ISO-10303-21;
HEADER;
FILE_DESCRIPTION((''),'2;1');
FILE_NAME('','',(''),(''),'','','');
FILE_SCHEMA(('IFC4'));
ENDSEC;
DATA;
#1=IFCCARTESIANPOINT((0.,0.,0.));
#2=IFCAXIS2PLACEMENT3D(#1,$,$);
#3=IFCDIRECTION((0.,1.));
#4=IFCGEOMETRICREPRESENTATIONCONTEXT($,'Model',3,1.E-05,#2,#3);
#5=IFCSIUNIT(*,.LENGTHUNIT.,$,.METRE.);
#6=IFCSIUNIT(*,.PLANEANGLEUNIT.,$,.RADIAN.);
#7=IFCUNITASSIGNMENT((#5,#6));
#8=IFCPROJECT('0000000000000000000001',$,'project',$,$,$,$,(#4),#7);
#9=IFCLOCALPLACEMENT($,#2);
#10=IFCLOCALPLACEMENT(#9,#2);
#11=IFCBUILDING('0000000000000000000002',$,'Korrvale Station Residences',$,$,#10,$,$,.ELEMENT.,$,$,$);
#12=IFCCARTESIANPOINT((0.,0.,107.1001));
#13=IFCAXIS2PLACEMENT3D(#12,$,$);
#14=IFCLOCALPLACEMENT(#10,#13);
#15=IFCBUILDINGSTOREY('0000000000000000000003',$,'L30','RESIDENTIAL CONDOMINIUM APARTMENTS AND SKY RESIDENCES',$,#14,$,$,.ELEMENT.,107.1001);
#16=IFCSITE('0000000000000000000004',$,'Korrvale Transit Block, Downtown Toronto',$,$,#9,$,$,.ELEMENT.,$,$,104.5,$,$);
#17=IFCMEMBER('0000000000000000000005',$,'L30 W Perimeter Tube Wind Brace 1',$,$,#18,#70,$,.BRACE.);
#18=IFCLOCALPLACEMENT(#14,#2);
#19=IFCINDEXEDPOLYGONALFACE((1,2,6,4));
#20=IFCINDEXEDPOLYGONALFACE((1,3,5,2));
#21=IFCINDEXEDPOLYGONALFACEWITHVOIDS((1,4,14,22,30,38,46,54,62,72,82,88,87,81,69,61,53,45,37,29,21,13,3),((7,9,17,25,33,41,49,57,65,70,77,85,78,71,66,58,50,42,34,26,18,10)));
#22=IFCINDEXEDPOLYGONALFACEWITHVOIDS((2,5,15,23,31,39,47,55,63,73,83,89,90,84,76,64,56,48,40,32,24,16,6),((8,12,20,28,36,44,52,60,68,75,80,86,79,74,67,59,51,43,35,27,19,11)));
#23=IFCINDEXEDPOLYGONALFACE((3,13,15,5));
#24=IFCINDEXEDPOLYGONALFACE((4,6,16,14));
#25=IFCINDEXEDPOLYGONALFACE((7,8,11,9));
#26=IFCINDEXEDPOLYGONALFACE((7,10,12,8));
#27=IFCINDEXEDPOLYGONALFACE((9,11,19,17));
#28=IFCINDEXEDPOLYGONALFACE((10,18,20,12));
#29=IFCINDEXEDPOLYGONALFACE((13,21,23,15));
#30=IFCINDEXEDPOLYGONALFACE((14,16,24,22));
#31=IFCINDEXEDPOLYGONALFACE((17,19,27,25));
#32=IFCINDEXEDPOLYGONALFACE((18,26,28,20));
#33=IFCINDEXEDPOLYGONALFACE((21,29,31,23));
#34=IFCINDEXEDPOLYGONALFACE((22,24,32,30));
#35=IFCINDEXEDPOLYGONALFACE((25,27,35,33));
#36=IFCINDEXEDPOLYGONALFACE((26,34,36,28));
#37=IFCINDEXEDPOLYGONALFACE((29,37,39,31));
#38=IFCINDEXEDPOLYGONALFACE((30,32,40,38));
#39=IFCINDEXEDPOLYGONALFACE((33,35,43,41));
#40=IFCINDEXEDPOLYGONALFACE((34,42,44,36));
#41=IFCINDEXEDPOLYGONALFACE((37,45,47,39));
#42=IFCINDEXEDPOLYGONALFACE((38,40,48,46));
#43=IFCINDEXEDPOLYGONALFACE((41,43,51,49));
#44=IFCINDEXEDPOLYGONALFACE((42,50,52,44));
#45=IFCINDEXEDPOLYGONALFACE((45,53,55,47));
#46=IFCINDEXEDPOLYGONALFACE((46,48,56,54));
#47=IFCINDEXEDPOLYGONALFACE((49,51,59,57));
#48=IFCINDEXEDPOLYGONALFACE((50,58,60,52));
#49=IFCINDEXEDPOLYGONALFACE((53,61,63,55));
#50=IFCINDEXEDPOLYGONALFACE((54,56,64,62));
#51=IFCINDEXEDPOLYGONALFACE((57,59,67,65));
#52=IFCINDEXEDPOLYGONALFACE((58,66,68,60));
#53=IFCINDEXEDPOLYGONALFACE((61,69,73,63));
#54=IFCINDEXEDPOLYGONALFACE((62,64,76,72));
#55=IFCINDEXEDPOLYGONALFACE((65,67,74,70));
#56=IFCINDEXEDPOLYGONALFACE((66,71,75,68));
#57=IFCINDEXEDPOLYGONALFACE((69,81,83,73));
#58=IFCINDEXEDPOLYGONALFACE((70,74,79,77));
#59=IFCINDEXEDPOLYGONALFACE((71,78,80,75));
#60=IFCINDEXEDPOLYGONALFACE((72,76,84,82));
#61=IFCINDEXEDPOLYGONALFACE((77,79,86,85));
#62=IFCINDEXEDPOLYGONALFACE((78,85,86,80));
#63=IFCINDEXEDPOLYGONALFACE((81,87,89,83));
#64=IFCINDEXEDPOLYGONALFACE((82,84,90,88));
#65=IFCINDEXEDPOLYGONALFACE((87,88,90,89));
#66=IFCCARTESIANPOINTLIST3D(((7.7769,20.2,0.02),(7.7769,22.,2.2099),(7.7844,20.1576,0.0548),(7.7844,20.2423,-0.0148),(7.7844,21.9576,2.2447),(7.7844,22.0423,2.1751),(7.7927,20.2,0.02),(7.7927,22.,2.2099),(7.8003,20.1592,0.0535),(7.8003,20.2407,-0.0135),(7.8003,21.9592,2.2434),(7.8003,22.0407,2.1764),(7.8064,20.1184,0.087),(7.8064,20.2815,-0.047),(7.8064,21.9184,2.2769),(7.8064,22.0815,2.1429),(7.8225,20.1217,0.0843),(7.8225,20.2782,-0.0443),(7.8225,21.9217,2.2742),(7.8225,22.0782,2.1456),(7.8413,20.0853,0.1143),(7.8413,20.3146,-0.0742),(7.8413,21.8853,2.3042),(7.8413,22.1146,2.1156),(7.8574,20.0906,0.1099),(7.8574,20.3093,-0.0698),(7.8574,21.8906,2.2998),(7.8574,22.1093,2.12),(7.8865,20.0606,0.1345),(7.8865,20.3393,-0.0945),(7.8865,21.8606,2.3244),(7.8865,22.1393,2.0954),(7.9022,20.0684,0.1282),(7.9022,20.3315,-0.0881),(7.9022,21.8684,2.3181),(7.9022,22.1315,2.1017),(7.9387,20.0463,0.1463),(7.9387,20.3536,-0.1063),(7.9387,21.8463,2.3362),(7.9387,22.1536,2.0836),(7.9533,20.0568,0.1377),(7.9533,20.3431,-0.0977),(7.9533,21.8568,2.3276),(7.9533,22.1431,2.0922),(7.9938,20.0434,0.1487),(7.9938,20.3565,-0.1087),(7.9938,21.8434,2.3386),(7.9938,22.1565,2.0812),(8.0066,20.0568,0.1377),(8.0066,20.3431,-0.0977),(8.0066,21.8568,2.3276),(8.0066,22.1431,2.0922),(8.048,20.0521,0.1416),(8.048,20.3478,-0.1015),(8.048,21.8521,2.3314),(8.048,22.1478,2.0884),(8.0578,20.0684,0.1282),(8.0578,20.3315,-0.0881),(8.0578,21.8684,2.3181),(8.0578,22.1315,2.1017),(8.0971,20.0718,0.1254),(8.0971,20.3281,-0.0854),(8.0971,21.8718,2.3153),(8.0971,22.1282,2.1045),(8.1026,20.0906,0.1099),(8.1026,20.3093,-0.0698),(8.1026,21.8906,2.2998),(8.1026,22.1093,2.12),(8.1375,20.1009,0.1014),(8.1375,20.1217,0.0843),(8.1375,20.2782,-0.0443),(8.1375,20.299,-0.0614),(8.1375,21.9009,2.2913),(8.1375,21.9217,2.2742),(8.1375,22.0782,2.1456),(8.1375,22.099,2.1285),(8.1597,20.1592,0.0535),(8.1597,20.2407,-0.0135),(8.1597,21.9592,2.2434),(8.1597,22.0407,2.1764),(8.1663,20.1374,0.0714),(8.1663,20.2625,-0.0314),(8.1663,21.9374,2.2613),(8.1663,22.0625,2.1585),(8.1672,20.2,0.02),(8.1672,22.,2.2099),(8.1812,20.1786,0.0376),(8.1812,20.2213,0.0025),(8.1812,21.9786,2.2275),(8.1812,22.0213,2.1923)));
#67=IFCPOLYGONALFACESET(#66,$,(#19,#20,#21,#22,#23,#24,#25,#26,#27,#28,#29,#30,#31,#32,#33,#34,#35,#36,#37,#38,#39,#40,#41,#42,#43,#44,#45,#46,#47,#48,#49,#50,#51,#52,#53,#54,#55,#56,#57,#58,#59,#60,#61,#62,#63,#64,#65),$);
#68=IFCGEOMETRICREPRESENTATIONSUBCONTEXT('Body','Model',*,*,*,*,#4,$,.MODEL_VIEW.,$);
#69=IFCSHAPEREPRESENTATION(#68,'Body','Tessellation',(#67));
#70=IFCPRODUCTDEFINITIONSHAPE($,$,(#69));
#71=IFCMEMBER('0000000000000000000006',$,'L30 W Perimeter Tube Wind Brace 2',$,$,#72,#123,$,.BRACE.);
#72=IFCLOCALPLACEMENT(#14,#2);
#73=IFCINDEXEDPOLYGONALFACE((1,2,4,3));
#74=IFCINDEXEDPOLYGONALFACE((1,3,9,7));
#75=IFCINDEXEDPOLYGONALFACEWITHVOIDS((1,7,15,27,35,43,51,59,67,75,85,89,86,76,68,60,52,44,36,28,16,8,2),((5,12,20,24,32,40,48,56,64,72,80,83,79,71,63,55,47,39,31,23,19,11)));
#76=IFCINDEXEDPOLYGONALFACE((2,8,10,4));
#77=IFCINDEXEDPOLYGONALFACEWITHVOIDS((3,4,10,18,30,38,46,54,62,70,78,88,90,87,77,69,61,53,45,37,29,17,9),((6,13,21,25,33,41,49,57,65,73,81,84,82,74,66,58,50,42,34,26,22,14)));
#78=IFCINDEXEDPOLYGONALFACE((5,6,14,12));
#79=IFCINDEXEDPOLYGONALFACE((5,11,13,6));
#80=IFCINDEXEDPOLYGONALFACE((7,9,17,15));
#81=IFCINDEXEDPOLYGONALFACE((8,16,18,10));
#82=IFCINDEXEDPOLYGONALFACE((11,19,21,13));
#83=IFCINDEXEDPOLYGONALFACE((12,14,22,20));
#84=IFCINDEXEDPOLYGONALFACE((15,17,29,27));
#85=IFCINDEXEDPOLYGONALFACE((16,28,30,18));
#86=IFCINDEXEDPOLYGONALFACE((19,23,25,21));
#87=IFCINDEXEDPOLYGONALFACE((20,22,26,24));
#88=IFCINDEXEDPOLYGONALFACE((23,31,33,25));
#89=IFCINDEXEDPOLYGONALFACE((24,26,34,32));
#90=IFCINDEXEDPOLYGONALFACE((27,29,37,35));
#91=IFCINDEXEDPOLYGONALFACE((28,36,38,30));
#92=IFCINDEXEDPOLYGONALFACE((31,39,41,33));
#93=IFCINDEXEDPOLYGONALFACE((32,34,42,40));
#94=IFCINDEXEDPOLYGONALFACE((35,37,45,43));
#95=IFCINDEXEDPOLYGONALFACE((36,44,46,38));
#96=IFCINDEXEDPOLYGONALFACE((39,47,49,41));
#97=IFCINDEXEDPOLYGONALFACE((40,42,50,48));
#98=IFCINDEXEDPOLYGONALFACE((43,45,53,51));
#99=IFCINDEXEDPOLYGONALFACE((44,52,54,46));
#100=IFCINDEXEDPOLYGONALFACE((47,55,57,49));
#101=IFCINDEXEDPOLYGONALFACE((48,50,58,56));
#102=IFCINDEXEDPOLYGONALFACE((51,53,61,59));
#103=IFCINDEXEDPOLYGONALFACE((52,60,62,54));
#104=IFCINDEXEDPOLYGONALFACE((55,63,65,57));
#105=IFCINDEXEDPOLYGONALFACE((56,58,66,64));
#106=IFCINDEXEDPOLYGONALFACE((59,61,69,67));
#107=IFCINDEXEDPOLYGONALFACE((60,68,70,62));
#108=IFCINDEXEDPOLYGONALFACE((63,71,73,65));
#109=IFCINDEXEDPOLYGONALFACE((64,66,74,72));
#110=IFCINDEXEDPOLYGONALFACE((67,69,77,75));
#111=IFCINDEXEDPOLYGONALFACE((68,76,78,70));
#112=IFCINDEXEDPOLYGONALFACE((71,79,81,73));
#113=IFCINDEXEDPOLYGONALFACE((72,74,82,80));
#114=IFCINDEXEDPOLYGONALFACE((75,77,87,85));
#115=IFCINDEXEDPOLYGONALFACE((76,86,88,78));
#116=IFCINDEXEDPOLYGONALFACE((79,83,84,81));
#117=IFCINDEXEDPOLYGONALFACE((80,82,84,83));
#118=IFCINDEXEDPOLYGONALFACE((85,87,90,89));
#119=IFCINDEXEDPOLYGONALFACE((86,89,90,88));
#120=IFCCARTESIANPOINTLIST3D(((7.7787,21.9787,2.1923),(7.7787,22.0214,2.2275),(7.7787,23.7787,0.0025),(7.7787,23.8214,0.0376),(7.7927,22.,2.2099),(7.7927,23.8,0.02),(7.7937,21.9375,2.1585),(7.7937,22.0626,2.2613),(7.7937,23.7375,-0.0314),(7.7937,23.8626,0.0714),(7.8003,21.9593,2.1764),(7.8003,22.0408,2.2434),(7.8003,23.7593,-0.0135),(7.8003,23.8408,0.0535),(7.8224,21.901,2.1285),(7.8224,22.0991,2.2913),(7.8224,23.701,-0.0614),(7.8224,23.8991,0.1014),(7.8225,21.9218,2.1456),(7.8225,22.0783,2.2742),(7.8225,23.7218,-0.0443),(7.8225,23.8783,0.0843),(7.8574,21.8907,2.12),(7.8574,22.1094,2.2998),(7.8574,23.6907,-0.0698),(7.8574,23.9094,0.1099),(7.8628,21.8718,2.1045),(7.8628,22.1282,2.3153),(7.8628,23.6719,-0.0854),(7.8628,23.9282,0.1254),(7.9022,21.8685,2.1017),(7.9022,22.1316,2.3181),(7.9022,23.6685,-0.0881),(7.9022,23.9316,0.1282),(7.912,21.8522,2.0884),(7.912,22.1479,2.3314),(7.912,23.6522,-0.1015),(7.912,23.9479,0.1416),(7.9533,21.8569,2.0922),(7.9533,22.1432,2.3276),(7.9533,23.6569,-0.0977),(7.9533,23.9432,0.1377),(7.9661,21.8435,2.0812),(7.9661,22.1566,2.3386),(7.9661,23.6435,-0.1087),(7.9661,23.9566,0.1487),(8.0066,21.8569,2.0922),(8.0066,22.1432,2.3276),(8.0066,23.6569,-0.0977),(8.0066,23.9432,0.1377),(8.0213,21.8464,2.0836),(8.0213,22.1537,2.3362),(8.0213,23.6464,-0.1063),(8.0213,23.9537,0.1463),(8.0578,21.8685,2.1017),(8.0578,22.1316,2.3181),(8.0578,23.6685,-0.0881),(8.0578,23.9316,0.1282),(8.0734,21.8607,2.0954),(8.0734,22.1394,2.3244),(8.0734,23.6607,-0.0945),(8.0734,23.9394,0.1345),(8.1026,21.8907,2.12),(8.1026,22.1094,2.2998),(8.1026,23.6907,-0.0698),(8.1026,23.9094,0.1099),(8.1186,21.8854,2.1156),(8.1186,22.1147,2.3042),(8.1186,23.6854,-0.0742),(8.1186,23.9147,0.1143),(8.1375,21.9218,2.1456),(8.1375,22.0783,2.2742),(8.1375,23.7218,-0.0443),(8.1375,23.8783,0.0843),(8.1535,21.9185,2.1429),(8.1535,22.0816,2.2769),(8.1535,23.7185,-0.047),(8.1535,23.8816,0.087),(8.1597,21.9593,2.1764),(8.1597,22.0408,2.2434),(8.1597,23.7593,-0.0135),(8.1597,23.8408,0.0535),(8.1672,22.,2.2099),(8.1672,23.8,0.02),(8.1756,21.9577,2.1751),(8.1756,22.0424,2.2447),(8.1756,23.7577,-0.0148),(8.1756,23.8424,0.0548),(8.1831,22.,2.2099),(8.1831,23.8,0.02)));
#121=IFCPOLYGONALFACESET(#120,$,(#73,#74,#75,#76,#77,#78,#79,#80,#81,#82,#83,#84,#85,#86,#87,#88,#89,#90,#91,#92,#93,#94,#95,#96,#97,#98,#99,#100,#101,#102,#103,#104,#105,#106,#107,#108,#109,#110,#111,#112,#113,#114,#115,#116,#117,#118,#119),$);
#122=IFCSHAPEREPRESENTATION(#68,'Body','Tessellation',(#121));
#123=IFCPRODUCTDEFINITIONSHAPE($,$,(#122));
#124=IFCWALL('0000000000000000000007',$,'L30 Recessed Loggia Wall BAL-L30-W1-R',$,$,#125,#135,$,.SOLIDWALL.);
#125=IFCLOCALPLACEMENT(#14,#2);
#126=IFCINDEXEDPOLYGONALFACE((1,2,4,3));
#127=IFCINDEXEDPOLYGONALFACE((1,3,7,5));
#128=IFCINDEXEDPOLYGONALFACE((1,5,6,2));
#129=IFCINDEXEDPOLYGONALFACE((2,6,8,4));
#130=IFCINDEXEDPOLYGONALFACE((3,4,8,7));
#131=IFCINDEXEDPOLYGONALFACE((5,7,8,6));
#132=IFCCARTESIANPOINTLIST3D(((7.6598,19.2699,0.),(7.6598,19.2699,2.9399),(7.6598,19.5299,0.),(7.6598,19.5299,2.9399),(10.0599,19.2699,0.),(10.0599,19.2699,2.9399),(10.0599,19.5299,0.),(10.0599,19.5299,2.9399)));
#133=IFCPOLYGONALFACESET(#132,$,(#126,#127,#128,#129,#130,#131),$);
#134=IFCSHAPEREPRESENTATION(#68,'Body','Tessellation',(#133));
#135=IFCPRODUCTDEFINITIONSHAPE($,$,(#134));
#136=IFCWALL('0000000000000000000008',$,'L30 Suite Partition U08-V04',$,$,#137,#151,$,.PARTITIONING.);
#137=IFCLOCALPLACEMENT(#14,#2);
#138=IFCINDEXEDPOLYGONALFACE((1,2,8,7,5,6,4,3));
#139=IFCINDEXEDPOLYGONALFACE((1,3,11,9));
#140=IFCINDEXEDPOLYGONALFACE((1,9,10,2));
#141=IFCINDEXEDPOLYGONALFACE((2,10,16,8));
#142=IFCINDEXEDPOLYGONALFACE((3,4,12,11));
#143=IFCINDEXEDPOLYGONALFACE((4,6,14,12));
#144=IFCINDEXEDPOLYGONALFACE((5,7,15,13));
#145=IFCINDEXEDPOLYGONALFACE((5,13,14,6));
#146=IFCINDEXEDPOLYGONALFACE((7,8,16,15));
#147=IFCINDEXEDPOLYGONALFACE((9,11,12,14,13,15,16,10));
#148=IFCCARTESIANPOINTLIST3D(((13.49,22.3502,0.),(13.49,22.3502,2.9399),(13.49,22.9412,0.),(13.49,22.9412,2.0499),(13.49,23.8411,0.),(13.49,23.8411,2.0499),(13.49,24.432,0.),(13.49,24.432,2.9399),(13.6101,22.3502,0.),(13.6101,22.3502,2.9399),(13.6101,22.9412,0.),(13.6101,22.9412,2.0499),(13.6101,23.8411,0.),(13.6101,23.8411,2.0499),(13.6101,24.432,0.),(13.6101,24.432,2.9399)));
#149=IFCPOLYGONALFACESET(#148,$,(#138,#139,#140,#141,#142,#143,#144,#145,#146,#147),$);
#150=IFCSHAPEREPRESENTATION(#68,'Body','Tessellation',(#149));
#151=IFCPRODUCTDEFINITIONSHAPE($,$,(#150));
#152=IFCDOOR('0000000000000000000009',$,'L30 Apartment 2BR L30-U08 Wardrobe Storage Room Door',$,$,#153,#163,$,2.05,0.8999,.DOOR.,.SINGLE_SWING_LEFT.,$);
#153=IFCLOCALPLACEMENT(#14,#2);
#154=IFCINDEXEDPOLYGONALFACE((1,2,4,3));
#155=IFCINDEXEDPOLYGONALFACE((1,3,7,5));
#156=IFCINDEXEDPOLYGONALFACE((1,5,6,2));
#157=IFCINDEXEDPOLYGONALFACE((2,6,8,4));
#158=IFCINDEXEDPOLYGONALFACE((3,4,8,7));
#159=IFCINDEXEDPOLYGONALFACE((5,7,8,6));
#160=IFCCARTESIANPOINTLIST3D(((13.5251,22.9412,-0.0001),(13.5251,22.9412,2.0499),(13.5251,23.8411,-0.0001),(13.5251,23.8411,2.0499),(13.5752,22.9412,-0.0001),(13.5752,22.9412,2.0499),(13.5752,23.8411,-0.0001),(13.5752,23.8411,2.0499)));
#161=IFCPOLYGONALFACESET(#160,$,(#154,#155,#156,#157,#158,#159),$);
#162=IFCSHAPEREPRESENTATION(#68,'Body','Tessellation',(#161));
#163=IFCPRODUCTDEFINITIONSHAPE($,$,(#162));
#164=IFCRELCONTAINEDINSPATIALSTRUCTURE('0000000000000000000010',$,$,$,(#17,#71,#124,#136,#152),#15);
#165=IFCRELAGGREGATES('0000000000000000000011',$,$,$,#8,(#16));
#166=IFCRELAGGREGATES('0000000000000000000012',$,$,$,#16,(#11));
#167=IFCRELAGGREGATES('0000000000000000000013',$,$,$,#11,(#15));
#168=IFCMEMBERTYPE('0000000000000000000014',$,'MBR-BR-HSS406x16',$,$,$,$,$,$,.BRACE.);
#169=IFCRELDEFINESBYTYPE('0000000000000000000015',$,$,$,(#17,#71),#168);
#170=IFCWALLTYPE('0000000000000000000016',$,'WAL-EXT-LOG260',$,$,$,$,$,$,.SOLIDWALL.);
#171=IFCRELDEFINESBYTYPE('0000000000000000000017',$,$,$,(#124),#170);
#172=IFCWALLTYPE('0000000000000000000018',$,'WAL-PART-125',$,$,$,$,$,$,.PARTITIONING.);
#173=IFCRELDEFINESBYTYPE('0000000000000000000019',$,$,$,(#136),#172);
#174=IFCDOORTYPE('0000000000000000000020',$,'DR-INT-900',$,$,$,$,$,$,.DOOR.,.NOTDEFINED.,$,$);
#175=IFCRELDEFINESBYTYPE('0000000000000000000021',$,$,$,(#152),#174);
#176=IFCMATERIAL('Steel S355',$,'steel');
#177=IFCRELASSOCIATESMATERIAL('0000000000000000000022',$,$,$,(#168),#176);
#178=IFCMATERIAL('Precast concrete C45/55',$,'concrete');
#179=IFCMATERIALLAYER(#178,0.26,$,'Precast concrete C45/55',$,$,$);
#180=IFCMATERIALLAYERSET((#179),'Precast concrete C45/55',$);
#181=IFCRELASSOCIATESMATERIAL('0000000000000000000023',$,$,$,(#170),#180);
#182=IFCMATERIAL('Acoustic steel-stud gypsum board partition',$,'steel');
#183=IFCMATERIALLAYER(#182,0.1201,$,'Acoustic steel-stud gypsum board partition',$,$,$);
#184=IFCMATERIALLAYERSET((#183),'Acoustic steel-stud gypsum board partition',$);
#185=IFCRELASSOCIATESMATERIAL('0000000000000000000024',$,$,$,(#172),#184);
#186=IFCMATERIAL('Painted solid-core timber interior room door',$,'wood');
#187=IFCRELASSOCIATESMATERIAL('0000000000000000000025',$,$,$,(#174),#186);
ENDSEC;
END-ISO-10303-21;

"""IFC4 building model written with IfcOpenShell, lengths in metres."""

from ifc_helpers import new_model, si_unit, direction, frame, frame_2d, origin, origin_2d, place, context, subcontext, project, spatial, rectangle, hollow_circle, extrude, material, layer, layer_set, material_profile, profile_set, type_object, element, fill, save


model = new_model("IFC4")

# Units and contexts
model_context = context("Model", 3, precision=1e-05, world=origin(), true_north=direction((0.0, 1.0)))
body_context = subcontext(model_context, "Body", "Model", "MODEL_VIEW")
ifc_project = project(units=[si_unit("LENGTHUNIT", "METRE"), si_unit("PLANEANGLEUNIT", "RADIAN")], contexts=[model_context])

# Site, building, storey
site_placement = place(None, origin())
site = spatial("IfcSite", under=ifc_project, at=site_placement, Name="Korrvale Transit Block, Downtown Toronto", CompositionType="ELEMENT", RefElevation=104.5)
building_placement = place(site_placement, origin())
building = spatial("IfcBuilding", under=site, at=building_placement, Name="Korrvale Station Residences", CompositionType="ELEMENT")
storey_placement = place(building_placement, frame((0.0, 0.0, 107.1001)))
storey = spatial("IfcBuildingStorey", under=building, at=storey_placement, Name="L30", Description="RESIDENTIAL CONDOMINIUM APARTMENTS AND SKY RESIDENCES", CompositionType="ELEMENT", Elevation=107.1001)

# Shared definitions
ifc_material_1 = material(Name="Steel S355", Category="steel")

# Members
ifc_material_profile_1 = material_profile(ifc_material_1, hollow_circle(Radius=0.2031, WallThickness=0.0159, at=origin_2d()), Name="HSS406x16")
ifc_profile_set_1 = profile_set([ifc_material_profile_1], Name="Steel S355")
member_type = type_object("IfcMemberType", Name="MBR-BR-HSS406x16", PredefinedType="BRACE", material=ifc_profile_set_1)
for number, where, z_axis, x_axis, name in (
    (1, (7.98, 20.2, 0.02), (0.0, 0.634985, 0.772524), (-1.0, 0.0, 0.0), "L30 W Perimeter Tube Wind Brace 1"),
    (2, (7.98, 23.8, 0.02), (0.0, -0.634985, 0.772524), (1.0, 0.0, 0.0), "L30 W Perimeter Tube Wind Brace 2"),
):
    element("IfcMember", number, at=place(storey_placement, frame(where, z_axis=z_axis, x_axis=x_axis)), inside=storey, type_object=member_type, Name=name, PredefinedType="BRACE", context=body_context, shape_type="SweptSolid", body=[
        extrude(hollow_circle(Radius=0.2031, WallThickness=0.0159, at=origin_2d()), origin(), (0.0, 0.0, 1.0), 2.8347),
    ])

# Wall
ifc_material_2 = material(Name="Precast concrete C45/55", Category="concrete")
ifc_layer_1 = layer(ifc_material_2, 0.26, Name="Precast concrete C45/55")
ifc_layer_set_1 = layer_set([ifc_layer_1], Name="Precast concrete C45/55")
wall_type_1 = type_object("IfcWallType", Name="WAL-EXT-LOG260", PredefinedType="SOLIDWALL", material=ifc_layer_set_1)
wall_1_placement = place(storey_placement, frame((10.0601, 19.3999, 0.0), z_axis=(0.0, 0.0, 1.0), x_axis=(-1.0, 0.0, 0.0)))
element("IfcWall", 3, at=wall_1_placement, inside=storey, type_object=wall_type_1, Name="L30 Recessed Loggia Wall BAL-L30-W1-R", PredefinedType="SOLIDWALL", context=body_context, shape_type="SweptSolid", body=[
    extrude(rectangle(XDim=2.4001, YDim=0.26, at=frame_2d((1.2002, 0.0))), origin(), (0.0, 0.0, 1.0), 2.9399),
])

# Wall, opening, door
ifc_material_3 = material(Name="Acoustic steel-stud gypsum board partition", Category="steel")
ifc_layer_2 = layer(ifc_material_3, 0.1201, Name="Acoustic steel-stud gypsum board partition")
ifc_layer_set_2 = layer_set([ifc_layer_2], Name="Acoustic steel-stud gypsum board partition")
wall_type_2 = type_object("IfcWallType", Name="WAL-PART-125", PredefinedType="PARTITIONING", material=ifc_layer_set_2)
wall_2_placement = place(storey_placement, frame((13.55, 22.3501, 0.0), z_axis=(0.0, 0.0, 1.0), x_axis=(0.0, 1.0, 0.0)))
wall_2 = element("IfcWall", 4, at=wall_2_placement, inside=storey, type_object=wall_type_2, Name="L30 Suite Partition U08-V04", PredefinedType="PARTITIONING", context=body_context, shape_type="SweptSolid", body=[
    extrude(rectangle(XDim=2.0818, YDim=0.1201, at=frame_2d((1.041, 0.0))), origin(), (0.0, 0.0, 1.0), 2.9399),
])
opening_1_placement = place(wall_2_placement, frame((0.5911, 0.0, 0.0)))
opening_1 = element("IfcOpeningElement", 5, at=opening_1_placement, cuts=wall_2, PredefinedType="OPENING", context=body_context, shape_type="SweptSolid", body=[
    extrude(rectangle(XDim=0.8999, YDim=2.05, at=frame_2d((0.45, 1.0249))), frame((0.0, 0.0701, 0.0), z_axis=(0.0, -1.0, 0.0), x_axis=(1.0, 0.0, 0.0)), (0.0, 0.0, 1.0), 0.1401),
])
ifc_material_4 = material(Name="Painted solid-core timber interior room door", Category="wood")
door_type = type_object("IfcDoorType", Name="DR-INT-900", OperationType="NOTDEFINED", PredefinedType="DOOR", material=ifc_material_4)
door_1_placement = place(opening_1_placement, origin())
door_1 = element("IfcDoor", 6, at=door_1_placement, inside=storey, type_object=door_type, Name="L30 Apartment 2BR L30-U08 Wardrobe Storage Room Door", OperationType="SINGLE_SWING_LEFT", OverallHeight=2.05, OverallWidth=0.8999, PredefinedType="DOOR", context=body_context, shape_type="SweptSolid", body=[
    extrude(rectangle(XDim=0.8999, YDim=2.05, at=frame_2d((0.45, 1.0249))), frame((0.0, 0.0249, 0.0), z_axis=(0.0, -1.0, 0.0), x_axis=(1.0, 0.0, 0.0)), (0.0, 0.0, 1.0), 0.05),
])
fill(opening_1, door_1)

save(model, "model.ifc")
